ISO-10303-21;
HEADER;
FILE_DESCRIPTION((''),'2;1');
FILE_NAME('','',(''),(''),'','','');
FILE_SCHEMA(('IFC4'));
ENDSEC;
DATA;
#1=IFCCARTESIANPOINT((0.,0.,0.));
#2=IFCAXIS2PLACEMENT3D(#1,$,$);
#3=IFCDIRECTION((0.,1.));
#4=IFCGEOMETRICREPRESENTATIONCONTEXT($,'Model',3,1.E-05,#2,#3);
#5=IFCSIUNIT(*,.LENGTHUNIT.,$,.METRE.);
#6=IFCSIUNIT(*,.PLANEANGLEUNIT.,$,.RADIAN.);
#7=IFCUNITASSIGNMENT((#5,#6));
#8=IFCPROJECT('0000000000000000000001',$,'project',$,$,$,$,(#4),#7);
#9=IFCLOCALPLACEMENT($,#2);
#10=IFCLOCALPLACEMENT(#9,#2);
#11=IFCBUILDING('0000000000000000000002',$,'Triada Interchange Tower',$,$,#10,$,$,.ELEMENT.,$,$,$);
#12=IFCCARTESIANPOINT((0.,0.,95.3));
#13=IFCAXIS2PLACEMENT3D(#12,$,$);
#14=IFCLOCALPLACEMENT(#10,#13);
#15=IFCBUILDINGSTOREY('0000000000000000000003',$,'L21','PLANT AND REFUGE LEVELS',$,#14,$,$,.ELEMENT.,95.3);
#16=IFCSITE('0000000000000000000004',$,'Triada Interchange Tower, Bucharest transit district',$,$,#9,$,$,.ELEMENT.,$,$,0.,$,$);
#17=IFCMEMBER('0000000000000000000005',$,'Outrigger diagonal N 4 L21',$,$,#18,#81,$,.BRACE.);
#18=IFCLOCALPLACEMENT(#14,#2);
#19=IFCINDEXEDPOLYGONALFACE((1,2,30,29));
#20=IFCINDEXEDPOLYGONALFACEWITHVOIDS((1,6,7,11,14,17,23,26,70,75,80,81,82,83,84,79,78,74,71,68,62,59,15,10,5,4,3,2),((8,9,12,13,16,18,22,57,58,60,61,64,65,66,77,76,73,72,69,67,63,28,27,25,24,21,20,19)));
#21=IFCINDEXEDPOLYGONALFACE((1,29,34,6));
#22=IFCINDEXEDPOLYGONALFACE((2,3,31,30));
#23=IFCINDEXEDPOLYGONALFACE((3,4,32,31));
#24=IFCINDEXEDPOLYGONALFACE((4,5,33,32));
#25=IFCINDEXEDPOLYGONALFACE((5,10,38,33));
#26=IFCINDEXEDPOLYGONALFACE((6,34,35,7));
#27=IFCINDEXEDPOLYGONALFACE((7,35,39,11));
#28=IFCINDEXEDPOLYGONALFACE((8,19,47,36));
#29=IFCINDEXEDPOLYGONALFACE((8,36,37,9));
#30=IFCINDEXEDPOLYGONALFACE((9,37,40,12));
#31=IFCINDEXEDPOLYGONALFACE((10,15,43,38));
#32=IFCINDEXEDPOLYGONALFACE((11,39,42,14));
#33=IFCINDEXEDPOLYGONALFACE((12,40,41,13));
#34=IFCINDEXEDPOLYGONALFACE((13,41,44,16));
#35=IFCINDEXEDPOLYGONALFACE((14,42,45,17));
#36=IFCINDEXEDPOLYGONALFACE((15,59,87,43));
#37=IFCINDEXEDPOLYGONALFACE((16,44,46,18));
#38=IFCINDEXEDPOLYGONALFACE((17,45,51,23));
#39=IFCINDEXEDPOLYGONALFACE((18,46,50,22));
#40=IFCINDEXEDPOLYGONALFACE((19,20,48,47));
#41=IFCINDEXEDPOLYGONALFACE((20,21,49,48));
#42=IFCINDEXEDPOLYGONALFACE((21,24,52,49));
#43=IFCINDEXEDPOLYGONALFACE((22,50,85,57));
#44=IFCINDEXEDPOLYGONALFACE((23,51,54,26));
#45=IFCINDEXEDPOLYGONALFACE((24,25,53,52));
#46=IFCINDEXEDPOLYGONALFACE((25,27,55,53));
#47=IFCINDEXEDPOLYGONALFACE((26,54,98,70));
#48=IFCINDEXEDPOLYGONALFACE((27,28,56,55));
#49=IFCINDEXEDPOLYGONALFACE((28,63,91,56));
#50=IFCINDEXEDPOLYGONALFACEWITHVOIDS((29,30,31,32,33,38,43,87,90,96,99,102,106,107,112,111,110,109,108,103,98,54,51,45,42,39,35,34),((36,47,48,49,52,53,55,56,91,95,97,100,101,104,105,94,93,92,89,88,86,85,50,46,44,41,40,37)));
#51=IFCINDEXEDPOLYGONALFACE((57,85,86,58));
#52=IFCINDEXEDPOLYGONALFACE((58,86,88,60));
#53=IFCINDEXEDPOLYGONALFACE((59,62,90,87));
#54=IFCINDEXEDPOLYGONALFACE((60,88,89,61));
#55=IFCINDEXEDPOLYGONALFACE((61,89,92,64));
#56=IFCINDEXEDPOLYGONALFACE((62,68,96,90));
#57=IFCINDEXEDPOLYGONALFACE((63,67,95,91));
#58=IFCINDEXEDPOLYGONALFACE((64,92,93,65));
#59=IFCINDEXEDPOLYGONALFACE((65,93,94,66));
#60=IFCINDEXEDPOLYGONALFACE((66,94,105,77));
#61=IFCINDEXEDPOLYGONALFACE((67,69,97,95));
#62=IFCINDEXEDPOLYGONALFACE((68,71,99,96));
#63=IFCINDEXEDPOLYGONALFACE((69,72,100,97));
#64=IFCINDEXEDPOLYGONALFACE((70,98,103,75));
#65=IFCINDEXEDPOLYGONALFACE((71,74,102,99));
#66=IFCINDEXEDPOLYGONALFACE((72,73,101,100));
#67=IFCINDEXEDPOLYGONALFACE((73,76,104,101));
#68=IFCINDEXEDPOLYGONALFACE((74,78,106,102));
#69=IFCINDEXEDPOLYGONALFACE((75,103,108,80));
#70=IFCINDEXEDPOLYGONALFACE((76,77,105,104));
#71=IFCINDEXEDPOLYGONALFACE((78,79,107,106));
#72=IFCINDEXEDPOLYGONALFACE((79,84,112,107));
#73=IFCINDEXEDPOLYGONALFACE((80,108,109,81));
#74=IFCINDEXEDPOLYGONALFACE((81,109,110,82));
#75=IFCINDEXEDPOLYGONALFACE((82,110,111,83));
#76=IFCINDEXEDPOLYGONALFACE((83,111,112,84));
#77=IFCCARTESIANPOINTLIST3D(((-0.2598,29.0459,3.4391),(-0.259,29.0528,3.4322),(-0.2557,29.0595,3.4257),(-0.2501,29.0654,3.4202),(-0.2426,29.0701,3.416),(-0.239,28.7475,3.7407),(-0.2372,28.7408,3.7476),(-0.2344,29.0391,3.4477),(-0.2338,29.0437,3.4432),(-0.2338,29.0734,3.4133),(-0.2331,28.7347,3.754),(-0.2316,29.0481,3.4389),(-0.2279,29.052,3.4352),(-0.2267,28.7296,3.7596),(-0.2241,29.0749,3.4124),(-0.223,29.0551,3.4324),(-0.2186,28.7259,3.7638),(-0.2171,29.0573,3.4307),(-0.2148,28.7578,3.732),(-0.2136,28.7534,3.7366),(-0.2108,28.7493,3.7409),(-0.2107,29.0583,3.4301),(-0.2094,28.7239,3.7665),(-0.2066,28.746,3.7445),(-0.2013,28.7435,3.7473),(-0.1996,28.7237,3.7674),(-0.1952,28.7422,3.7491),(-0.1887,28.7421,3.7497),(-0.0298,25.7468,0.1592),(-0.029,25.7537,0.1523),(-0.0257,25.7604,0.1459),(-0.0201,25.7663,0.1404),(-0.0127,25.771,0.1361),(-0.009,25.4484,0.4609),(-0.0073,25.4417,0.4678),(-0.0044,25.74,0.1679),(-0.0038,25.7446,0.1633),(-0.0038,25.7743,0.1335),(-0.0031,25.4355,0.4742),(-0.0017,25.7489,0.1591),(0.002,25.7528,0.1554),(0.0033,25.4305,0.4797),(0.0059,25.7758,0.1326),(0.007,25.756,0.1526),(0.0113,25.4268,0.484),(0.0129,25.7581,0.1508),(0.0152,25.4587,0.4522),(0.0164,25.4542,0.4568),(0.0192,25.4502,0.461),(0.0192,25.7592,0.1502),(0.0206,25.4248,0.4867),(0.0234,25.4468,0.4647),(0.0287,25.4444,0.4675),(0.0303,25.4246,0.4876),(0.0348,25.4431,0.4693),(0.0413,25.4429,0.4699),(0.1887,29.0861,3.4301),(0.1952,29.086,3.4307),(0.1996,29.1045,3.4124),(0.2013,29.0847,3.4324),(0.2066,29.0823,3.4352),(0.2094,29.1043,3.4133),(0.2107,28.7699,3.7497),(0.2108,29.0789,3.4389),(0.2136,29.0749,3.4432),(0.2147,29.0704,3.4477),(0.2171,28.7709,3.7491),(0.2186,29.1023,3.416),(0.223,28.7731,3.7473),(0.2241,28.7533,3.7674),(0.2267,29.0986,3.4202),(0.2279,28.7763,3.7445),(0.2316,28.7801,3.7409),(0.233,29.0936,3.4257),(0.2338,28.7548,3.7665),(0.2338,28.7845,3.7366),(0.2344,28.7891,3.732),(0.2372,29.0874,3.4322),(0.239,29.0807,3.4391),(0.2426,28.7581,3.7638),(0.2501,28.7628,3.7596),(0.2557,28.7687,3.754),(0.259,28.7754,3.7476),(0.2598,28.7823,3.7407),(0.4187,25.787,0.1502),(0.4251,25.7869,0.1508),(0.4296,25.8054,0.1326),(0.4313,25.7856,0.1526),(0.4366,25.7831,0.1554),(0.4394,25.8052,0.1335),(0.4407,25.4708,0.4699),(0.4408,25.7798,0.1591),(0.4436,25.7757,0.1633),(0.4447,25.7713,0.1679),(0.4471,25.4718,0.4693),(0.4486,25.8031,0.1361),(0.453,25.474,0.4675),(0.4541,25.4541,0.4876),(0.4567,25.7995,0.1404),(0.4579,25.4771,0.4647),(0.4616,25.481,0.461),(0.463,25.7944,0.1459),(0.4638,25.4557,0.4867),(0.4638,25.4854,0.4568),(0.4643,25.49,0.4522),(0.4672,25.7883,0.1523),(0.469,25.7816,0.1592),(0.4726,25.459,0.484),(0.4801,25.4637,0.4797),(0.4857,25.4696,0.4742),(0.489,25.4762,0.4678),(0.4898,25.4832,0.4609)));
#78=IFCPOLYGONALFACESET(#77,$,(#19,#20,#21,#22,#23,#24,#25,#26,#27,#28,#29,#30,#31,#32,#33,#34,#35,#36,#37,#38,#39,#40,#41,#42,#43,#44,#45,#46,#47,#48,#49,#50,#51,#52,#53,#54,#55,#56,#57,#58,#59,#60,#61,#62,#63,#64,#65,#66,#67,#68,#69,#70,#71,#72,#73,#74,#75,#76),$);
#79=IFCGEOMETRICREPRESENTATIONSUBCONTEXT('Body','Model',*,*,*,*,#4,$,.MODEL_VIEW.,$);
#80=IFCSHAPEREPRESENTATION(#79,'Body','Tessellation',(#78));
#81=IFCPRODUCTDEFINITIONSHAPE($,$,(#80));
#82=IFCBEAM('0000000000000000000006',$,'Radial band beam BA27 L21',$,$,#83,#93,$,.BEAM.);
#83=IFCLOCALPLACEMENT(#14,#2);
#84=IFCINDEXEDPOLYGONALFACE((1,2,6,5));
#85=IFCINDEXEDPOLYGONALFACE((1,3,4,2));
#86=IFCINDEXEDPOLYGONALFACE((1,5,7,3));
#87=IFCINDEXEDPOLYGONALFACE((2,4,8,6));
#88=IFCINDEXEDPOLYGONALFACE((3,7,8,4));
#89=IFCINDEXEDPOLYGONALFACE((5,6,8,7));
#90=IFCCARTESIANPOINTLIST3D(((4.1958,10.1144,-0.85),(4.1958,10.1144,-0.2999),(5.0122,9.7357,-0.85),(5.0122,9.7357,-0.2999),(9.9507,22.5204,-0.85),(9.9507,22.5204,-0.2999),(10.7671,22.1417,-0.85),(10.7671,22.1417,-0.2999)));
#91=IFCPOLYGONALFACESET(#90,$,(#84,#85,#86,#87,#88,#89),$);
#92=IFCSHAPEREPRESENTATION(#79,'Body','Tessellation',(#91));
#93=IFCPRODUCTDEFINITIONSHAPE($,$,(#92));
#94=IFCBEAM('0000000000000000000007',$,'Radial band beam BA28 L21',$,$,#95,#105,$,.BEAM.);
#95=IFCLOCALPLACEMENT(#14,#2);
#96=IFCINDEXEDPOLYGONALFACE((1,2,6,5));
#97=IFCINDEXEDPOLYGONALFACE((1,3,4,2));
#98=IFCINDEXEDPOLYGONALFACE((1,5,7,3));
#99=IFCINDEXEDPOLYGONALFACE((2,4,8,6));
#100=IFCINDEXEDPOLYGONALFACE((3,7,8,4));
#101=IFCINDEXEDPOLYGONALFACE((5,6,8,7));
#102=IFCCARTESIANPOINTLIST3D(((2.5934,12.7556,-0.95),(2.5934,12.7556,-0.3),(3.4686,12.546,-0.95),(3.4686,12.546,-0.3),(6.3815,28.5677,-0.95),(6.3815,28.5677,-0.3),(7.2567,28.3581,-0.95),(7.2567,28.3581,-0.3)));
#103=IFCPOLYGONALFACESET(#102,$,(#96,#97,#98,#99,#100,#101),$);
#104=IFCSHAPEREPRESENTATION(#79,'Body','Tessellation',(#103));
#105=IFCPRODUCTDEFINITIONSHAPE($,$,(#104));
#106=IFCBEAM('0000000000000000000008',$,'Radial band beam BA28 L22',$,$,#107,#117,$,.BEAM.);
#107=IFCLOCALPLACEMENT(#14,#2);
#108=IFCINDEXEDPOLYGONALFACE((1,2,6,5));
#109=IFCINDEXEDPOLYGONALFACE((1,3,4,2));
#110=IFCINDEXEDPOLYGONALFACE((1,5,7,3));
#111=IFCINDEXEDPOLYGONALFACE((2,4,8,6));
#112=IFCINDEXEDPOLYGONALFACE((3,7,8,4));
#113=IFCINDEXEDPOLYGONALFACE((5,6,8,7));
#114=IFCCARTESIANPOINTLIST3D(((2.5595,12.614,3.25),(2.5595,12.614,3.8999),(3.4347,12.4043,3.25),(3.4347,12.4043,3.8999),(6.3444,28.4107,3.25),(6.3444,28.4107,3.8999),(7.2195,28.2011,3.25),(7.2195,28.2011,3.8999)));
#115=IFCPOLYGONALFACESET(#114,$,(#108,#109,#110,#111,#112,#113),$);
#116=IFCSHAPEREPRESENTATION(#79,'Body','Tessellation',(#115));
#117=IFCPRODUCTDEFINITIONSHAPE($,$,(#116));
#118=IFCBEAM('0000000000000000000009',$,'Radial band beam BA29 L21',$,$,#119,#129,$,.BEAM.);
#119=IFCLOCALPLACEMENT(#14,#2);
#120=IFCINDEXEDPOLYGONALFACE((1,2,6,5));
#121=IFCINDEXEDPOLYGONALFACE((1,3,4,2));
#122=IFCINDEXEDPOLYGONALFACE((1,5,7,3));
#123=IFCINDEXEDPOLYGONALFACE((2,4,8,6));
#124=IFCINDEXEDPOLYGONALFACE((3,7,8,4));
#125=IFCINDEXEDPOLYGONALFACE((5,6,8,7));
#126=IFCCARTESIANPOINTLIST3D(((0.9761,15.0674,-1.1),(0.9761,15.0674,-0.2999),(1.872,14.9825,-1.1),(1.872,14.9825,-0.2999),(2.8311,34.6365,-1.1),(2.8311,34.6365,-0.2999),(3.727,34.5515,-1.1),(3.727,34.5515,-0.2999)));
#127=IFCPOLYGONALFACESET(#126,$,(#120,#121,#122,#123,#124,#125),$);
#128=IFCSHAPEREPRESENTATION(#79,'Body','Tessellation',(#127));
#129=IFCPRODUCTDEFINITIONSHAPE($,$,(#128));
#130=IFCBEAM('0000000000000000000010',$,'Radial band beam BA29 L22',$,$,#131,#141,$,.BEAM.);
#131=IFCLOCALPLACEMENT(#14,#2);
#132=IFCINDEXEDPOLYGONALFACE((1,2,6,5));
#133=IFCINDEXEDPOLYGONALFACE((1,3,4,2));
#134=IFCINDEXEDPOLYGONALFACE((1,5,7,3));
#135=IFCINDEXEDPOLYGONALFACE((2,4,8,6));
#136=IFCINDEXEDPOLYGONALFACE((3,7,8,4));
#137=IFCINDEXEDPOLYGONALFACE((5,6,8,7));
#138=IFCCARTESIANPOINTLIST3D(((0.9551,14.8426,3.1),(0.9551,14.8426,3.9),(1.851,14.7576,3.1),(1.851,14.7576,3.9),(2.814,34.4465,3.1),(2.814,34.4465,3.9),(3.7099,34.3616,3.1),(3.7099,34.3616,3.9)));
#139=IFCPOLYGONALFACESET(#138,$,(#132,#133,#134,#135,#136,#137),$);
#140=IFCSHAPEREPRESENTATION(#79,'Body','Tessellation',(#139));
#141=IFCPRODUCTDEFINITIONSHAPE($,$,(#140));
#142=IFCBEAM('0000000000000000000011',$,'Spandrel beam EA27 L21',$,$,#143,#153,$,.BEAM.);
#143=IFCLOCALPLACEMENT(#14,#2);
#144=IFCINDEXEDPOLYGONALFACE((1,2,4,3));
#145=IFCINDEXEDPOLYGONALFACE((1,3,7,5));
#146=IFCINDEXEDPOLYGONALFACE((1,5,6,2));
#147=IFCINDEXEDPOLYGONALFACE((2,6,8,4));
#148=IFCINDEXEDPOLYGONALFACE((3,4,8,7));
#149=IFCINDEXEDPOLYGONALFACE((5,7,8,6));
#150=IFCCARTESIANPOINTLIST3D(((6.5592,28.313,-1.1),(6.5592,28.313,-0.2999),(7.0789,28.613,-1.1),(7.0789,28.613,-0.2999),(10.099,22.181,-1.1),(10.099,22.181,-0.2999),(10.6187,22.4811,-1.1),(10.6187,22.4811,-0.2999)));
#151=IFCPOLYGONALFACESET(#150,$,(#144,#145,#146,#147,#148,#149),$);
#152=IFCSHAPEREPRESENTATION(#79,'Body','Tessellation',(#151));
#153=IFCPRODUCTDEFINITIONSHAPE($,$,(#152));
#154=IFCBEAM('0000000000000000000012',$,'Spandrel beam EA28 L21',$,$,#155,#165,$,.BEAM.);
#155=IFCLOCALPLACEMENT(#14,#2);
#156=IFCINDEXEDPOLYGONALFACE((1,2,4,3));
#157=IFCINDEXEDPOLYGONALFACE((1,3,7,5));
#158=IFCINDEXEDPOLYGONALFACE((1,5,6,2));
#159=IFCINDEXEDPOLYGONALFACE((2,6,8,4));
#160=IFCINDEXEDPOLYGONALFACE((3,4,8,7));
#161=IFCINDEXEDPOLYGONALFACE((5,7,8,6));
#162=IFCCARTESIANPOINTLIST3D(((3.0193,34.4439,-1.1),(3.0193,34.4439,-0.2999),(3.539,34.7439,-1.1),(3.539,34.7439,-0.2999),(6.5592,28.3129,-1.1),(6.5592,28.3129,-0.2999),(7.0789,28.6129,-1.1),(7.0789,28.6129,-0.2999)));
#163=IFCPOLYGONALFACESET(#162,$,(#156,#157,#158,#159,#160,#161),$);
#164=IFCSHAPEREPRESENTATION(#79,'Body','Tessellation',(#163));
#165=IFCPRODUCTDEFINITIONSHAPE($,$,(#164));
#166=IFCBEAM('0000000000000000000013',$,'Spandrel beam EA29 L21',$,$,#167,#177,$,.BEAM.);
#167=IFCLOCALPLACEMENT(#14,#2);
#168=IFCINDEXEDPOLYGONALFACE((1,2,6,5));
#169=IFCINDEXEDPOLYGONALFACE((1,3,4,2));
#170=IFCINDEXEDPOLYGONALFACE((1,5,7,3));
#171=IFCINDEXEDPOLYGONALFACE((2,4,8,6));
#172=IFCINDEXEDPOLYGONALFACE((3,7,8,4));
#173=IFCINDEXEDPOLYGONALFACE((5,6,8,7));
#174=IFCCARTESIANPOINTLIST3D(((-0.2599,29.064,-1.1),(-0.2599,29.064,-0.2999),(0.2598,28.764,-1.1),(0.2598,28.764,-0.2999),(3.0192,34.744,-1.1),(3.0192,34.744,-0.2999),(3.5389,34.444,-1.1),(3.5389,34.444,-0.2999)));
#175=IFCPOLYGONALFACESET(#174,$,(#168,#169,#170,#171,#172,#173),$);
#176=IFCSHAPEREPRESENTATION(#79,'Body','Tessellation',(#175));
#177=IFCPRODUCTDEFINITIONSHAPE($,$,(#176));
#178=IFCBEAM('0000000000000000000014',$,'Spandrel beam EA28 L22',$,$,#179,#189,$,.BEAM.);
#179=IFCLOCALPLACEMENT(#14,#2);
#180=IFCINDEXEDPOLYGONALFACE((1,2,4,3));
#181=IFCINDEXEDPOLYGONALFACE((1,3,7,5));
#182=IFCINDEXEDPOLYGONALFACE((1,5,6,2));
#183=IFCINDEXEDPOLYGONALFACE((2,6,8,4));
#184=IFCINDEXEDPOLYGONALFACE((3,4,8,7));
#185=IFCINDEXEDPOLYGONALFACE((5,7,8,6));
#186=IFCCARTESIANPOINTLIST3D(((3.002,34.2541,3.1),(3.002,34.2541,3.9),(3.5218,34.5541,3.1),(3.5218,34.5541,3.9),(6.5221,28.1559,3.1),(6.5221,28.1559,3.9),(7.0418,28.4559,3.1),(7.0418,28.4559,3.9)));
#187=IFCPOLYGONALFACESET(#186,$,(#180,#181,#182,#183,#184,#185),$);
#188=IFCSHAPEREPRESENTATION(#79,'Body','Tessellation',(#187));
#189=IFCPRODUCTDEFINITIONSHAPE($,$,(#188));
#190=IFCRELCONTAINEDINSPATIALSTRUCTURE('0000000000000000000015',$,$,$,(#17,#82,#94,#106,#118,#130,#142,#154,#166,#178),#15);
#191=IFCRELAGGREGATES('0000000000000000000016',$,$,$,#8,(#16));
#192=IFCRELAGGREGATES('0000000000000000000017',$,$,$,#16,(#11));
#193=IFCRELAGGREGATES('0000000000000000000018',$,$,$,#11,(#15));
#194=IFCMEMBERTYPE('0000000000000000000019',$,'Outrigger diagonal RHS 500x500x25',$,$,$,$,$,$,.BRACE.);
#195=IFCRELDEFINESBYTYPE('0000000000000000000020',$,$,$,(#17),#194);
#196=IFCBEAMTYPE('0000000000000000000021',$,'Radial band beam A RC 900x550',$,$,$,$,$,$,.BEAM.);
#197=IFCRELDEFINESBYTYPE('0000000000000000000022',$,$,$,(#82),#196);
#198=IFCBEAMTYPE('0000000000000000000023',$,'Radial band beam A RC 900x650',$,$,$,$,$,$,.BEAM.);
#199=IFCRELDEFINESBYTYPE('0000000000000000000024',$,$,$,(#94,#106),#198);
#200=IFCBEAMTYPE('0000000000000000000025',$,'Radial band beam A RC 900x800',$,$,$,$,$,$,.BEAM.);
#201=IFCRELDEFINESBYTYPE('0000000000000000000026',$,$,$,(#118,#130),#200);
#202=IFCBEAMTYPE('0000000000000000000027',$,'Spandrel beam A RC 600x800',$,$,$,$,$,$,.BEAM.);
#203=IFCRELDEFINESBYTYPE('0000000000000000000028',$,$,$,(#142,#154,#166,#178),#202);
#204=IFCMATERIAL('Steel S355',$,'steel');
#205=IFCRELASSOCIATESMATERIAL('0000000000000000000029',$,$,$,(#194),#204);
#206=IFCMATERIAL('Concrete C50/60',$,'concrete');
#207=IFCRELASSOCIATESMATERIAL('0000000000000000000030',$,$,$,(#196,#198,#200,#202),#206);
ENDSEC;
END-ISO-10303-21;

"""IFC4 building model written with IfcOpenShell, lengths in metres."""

from ifc_helpers import new_model, si_unit, direction, frame, origin, origin_2d, place, context, subcontext, project, spatial, rectangle, hollow_rectangle, extrude, material, material_profile, profile_set, type_object, element, save


model = new_model("IFC4")

# Units and contexts
model_context = context("Model", 3, precision=1e-05, world=origin(), true_north=direction((0.0, 1.0)))
body_context = subcontext(model_context, "Body", "Model", "MODEL_VIEW")
ifc_project = project(units=[si_unit("LENGTHUNIT", "METRE"), si_unit("PLANEANGLEUNIT", "RADIAN")], contexts=[model_context])

# Site, building, storey
site_placement = place(None, origin())
site = spatial("IfcSite", under=ifc_project, at=site_placement, Name="Triada Interchange Tower, Bucharest transit district", CompositionType="ELEMENT", RefElevation=0.0)
building_placement = place(site_placement, origin())
building = spatial("IfcBuilding", under=site, at=building_placement, Name="Triada Interchange Tower", CompositionType="ELEMENT")
storey_placement = place(building_placement, frame((0.0, 0.0, 95.3)))
storey = spatial("IfcBuildingStorey", under=building, at=storey_placement, Name="L21", Description="PLANT AND REFUGE LEVELS", CompositionType="ELEMENT", Elevation=95.3)

# Member
ifc_material_1 = material(Name="Steel S355", Category="steel")
ifc_material_profile_1 = material_profile(ifc_material_1, hollow_rectangle(XDim=0.5, YDim=0.5, WallThickness=0.0249, InnerFilletRadius=0.0249, OuterFilletRadius=0.0376, at=origin_2d()), Name="RHS 500x500x25")
ifc_profile_set_1 = profile_set([ifc_material_profile_1], Name="Steel S355")
member_type_1 = type_object("IfcMemberType", Name="Outrigger diagonal RHS 500x500x25", PredefinedType="BRACE", material=ifc_profile_set_1)
member_1_placement = place(storey_placement, frame((0.23, 25.615, 0.3101), z_axis=(-0.049377, 0.708312, 0.704171), x_axis=(-0.997579, -0.069542, 0.0)))
element("IfcMember", 1, at=member_1_placement, inside=storey, type_object=member_type_1, Name="Outrigger diagonal N 4 L21", PredefinedType="BRACE", context=body_context, shape_type="SweptSolid", body=[
    extrude(hollow_rectangle(XDim=0.5, YDim=0.5, WallThickness=0.0249, InnerFilletRadius=0.0249, OuterFilletRadius=0.0376, at=origin_2d()), origin(), (0.0, 0.0, 1.0), 4.6577),
])

# Beams
ifc_material_2 = material(Name="Concrete C50/60", Category="concrete")
ifc_material_profile_2 = material_profile(ifc_material_2, rectangle(XDim=0.8999, YDim=0.55, at=origin_2d()), Name="RC 900x550")
ifc_profile_set_2 = profile_set([ifc_material_profile_2], Name="Concrete C50/60")
beam_type_1 = type_object("IfcBeamType", Name="Radial band beam A RC 900x550", PredefinedType="BEAM", material=ifc_profile_set_2)
beam_1_placement = place(storey_placement, frame((10.3589, 22.3311, -0.575), z_axis=(-0.420808, -0.90715, 0.0), x_axis=(0.90715, -0.420808, 0.0)))
element("IfcBeam", 2, at=beam_1_placement, inside=storey, type_object=beam_type_1, Name="Radial band beam BA27 L21", PredefinedType="BEAM", context=body_context, shape_type="SweptSolid", body=[
    extrude(rectangle(XDim=0.8999, YDim=0.55, at=origin_2d()), origin(), (0.0, 0.0, 1.0), 13.6758),
])
ifc_material_profile_3 = material_profile(ifc_material_2, rectangle(XDim=0.8999, YDim=0.6499, at=origin_2d()), Name="RC 900x650")
ifc_profile_set_3 = profile_set([ifc_material_profile_3], Name="Concrete C50/60")
beam_type_2 = type_object("IfcBeamType", Name="Radial band beam A RC 900x650", PredefinedType="BEAM", material=ifc_profile_set_3)
beam_2_placement = place(storey_placement, frame((6.8191, 28.4629, -0.625), z_axis=(-0.232978, -0.972482, 0.0), x_axis=(0.972482, -0.232978, 0.0)))
element("IfcBeam", 3, at=beam_2_placement, inside=storey, type_object=beam_type_2, Name="Radial band beam BA28 L21", PredefinedType="BEAM", context=body_context, shape_type="SweptSolid", body=[
    extrude(rectangle(XDim=0.8999, YDim=0.6499, at=origin_2d()), origin(), (0.0, 0.0, 1.0), 16.2595),
])
beam_3_placement = place(storey_placement, frame((6.782, 28.3059, 3.575), z_axis=(-0.233004, -0.972476, 0.0), x_axis=(0.972476, -0.233004, 0.0)))
element("IfcBeam", 4, at=beam_3_placement, inside=storey, type_object=beam_type_2, Name="Radial band beam BA28 L22", PredefinedType="BEAM", context=body_context, shape_type="SweptSolid", body=[
    extrude(rectangle(XDim=0.8999, YDim=0.6499, at=origin_2d()), origin(), (0.0, 0.0, 1.0), 16.2439),
])
ifc_material_profile_4 = material_profile(ifc_material_2, rectangle(XDim=0.8999, YDim=0.8, at=origin_2d()), Name="RC 900x800")
ifc_profile_set_4 = profile_set([ifc_material_profile_4], Name="Concrete C50/60")
beam_type_3 = type_object("IfcBeamType", Name="Radial band beam A RC 900x800", PredefinedType="BEAM", material=ifc_profile_set_4)
beam_4_placement = place(storey_placement, frame((3.2791, 34.594, -0.7), z_axis=(-0.094368, -0.995537, 0.0), x_axis=(0.995537, -0.094368, 0.0)))
element("IfcBeam", 5, at=beam_4_placement, inside=storey, type_object=beam_type_3, Name="Radial band beam BA29 L21", PredefinedType="BEAM", context=body_context, shape_type="SweptSolid", body=[
    extrude(rectangle(XDim=0.8999, YDim=0.8, at=origin_2d()), origin(), (0.0, 0.0, 1.0), 19.6567),
])
beam_5_placement = place(storey_placement, frame((3.262, 34.4041, 3.5), z_axis=(-0.094398, -0.995535, 0.0), x_axis=(0.995535, -0.094398, 0.0)))
element("IfcBeam", 6, at=beam_5_placement, inside=storey, type_object=beam_type_3, Name="Radial band beam BA29 L22", PredefinedType="BEAM", context=body_context, shape_type="SweptSolid", body=[
    extrude(rectangle(XDim=0.8999, YDim=0.8, at=origin_2d()), origin(), (0.0, 0.0, 1.0), 19.6919),
])
ifc_material_profile_5 = material_profile(ifc_material_2, rectangle(XDim=0.6001, YDim=0.8, at=origin_2d()), Name="RC 600x800")
ifc_profile_set_5 = profile_set([ifc_material_profile_5], Name="Concrete C50/60")
beam_type_4 = type_object("IfcBeamType", Name="Spandrel beam A RC 600x800", PredefinedType="BEAM", material=ifc_profile_set_5)
beam_6_placement = place(storey_placement, frame((10.3589, 22.3311, -0.7), z_axis=(-0.499955, 0.866051, 0.0), x_axis=(-0.866051, -0.499955, 0.0)))
element("IfcBeam", 7, at=beam_6_placement, inside=storey, type_object=beam_type_4, Name="Spandrel beam EA27 L21", PredefinedType="BEAM", context=body_context, shape_type="SweptSolid", body=[
    extrude(rectangle(XDim=0.6001, YDim=0.8, at=origin_2d()), origin(), (0.0, 0.0, 1.0), 7.0803),
])
beam_7_placement = place(storey_placement, frame((6.8191, 28.4629, -0.7), z_axis=(-0.500026, 0.86601, 0.0), x_axis=(-0.86601, -0.500026, 0.0)))
element("IfcBeam", 8, at=beam_7_placement, inside=storey, type_object=beam_type_4, Name="Spandrel beam EA28 L21", PredefinedType="BEAM", context=body_context, shape_type="SweptSolid", body=[
    extrude(rectangle(XDim=0.6001, YDim=0.8, at=origin_2d()), origin(), (0.0, 0.0, 1.0), 7.0796),
])
beam_8_placement = place(storey_placement, frame((3.2791, 34.594, -0.7), z_axis=(-0.499971, -0.866042, 0.0), x_axis=(0.866042, -0.499971, 0.0)))
element("IfcBeam", 9, at=beam_8_placement, inside=storey, type_object=beam_type_4, Name="Spandrel beam EA29 L21", PredefinedType="BEAM", context=body_context, shape_type="SweptSolid", body=[
    extrude(rectangle(XDim=0.6001, YDim=0.8, at=origin_2d()), origin(), (0.0, 0.0, 1.0), 6.5586),
])
beam_9_placement = place(storey_placement, frame((6.782, 28.3059, 3.5), z_axis=(-0.499921, 0.866071, 0.0), x_axis=(-0.866071, -0.499921, 0.0)))
element("IfcBeam", 10, at=beam_9_placement, inside=storey, type_object=beam_type_4, Name="Spandrel beam EA28 L22", PredefinedType="BEAM", context=body_context, shape_type="SweptSolid", body=[
    extrude(rectangle(XDim=0.6001, YDim=0.8, at=origin_2d()), origin(), (0.0, 0.0, 1.0), 7.0413),
])

save(model, "model.ifc")
